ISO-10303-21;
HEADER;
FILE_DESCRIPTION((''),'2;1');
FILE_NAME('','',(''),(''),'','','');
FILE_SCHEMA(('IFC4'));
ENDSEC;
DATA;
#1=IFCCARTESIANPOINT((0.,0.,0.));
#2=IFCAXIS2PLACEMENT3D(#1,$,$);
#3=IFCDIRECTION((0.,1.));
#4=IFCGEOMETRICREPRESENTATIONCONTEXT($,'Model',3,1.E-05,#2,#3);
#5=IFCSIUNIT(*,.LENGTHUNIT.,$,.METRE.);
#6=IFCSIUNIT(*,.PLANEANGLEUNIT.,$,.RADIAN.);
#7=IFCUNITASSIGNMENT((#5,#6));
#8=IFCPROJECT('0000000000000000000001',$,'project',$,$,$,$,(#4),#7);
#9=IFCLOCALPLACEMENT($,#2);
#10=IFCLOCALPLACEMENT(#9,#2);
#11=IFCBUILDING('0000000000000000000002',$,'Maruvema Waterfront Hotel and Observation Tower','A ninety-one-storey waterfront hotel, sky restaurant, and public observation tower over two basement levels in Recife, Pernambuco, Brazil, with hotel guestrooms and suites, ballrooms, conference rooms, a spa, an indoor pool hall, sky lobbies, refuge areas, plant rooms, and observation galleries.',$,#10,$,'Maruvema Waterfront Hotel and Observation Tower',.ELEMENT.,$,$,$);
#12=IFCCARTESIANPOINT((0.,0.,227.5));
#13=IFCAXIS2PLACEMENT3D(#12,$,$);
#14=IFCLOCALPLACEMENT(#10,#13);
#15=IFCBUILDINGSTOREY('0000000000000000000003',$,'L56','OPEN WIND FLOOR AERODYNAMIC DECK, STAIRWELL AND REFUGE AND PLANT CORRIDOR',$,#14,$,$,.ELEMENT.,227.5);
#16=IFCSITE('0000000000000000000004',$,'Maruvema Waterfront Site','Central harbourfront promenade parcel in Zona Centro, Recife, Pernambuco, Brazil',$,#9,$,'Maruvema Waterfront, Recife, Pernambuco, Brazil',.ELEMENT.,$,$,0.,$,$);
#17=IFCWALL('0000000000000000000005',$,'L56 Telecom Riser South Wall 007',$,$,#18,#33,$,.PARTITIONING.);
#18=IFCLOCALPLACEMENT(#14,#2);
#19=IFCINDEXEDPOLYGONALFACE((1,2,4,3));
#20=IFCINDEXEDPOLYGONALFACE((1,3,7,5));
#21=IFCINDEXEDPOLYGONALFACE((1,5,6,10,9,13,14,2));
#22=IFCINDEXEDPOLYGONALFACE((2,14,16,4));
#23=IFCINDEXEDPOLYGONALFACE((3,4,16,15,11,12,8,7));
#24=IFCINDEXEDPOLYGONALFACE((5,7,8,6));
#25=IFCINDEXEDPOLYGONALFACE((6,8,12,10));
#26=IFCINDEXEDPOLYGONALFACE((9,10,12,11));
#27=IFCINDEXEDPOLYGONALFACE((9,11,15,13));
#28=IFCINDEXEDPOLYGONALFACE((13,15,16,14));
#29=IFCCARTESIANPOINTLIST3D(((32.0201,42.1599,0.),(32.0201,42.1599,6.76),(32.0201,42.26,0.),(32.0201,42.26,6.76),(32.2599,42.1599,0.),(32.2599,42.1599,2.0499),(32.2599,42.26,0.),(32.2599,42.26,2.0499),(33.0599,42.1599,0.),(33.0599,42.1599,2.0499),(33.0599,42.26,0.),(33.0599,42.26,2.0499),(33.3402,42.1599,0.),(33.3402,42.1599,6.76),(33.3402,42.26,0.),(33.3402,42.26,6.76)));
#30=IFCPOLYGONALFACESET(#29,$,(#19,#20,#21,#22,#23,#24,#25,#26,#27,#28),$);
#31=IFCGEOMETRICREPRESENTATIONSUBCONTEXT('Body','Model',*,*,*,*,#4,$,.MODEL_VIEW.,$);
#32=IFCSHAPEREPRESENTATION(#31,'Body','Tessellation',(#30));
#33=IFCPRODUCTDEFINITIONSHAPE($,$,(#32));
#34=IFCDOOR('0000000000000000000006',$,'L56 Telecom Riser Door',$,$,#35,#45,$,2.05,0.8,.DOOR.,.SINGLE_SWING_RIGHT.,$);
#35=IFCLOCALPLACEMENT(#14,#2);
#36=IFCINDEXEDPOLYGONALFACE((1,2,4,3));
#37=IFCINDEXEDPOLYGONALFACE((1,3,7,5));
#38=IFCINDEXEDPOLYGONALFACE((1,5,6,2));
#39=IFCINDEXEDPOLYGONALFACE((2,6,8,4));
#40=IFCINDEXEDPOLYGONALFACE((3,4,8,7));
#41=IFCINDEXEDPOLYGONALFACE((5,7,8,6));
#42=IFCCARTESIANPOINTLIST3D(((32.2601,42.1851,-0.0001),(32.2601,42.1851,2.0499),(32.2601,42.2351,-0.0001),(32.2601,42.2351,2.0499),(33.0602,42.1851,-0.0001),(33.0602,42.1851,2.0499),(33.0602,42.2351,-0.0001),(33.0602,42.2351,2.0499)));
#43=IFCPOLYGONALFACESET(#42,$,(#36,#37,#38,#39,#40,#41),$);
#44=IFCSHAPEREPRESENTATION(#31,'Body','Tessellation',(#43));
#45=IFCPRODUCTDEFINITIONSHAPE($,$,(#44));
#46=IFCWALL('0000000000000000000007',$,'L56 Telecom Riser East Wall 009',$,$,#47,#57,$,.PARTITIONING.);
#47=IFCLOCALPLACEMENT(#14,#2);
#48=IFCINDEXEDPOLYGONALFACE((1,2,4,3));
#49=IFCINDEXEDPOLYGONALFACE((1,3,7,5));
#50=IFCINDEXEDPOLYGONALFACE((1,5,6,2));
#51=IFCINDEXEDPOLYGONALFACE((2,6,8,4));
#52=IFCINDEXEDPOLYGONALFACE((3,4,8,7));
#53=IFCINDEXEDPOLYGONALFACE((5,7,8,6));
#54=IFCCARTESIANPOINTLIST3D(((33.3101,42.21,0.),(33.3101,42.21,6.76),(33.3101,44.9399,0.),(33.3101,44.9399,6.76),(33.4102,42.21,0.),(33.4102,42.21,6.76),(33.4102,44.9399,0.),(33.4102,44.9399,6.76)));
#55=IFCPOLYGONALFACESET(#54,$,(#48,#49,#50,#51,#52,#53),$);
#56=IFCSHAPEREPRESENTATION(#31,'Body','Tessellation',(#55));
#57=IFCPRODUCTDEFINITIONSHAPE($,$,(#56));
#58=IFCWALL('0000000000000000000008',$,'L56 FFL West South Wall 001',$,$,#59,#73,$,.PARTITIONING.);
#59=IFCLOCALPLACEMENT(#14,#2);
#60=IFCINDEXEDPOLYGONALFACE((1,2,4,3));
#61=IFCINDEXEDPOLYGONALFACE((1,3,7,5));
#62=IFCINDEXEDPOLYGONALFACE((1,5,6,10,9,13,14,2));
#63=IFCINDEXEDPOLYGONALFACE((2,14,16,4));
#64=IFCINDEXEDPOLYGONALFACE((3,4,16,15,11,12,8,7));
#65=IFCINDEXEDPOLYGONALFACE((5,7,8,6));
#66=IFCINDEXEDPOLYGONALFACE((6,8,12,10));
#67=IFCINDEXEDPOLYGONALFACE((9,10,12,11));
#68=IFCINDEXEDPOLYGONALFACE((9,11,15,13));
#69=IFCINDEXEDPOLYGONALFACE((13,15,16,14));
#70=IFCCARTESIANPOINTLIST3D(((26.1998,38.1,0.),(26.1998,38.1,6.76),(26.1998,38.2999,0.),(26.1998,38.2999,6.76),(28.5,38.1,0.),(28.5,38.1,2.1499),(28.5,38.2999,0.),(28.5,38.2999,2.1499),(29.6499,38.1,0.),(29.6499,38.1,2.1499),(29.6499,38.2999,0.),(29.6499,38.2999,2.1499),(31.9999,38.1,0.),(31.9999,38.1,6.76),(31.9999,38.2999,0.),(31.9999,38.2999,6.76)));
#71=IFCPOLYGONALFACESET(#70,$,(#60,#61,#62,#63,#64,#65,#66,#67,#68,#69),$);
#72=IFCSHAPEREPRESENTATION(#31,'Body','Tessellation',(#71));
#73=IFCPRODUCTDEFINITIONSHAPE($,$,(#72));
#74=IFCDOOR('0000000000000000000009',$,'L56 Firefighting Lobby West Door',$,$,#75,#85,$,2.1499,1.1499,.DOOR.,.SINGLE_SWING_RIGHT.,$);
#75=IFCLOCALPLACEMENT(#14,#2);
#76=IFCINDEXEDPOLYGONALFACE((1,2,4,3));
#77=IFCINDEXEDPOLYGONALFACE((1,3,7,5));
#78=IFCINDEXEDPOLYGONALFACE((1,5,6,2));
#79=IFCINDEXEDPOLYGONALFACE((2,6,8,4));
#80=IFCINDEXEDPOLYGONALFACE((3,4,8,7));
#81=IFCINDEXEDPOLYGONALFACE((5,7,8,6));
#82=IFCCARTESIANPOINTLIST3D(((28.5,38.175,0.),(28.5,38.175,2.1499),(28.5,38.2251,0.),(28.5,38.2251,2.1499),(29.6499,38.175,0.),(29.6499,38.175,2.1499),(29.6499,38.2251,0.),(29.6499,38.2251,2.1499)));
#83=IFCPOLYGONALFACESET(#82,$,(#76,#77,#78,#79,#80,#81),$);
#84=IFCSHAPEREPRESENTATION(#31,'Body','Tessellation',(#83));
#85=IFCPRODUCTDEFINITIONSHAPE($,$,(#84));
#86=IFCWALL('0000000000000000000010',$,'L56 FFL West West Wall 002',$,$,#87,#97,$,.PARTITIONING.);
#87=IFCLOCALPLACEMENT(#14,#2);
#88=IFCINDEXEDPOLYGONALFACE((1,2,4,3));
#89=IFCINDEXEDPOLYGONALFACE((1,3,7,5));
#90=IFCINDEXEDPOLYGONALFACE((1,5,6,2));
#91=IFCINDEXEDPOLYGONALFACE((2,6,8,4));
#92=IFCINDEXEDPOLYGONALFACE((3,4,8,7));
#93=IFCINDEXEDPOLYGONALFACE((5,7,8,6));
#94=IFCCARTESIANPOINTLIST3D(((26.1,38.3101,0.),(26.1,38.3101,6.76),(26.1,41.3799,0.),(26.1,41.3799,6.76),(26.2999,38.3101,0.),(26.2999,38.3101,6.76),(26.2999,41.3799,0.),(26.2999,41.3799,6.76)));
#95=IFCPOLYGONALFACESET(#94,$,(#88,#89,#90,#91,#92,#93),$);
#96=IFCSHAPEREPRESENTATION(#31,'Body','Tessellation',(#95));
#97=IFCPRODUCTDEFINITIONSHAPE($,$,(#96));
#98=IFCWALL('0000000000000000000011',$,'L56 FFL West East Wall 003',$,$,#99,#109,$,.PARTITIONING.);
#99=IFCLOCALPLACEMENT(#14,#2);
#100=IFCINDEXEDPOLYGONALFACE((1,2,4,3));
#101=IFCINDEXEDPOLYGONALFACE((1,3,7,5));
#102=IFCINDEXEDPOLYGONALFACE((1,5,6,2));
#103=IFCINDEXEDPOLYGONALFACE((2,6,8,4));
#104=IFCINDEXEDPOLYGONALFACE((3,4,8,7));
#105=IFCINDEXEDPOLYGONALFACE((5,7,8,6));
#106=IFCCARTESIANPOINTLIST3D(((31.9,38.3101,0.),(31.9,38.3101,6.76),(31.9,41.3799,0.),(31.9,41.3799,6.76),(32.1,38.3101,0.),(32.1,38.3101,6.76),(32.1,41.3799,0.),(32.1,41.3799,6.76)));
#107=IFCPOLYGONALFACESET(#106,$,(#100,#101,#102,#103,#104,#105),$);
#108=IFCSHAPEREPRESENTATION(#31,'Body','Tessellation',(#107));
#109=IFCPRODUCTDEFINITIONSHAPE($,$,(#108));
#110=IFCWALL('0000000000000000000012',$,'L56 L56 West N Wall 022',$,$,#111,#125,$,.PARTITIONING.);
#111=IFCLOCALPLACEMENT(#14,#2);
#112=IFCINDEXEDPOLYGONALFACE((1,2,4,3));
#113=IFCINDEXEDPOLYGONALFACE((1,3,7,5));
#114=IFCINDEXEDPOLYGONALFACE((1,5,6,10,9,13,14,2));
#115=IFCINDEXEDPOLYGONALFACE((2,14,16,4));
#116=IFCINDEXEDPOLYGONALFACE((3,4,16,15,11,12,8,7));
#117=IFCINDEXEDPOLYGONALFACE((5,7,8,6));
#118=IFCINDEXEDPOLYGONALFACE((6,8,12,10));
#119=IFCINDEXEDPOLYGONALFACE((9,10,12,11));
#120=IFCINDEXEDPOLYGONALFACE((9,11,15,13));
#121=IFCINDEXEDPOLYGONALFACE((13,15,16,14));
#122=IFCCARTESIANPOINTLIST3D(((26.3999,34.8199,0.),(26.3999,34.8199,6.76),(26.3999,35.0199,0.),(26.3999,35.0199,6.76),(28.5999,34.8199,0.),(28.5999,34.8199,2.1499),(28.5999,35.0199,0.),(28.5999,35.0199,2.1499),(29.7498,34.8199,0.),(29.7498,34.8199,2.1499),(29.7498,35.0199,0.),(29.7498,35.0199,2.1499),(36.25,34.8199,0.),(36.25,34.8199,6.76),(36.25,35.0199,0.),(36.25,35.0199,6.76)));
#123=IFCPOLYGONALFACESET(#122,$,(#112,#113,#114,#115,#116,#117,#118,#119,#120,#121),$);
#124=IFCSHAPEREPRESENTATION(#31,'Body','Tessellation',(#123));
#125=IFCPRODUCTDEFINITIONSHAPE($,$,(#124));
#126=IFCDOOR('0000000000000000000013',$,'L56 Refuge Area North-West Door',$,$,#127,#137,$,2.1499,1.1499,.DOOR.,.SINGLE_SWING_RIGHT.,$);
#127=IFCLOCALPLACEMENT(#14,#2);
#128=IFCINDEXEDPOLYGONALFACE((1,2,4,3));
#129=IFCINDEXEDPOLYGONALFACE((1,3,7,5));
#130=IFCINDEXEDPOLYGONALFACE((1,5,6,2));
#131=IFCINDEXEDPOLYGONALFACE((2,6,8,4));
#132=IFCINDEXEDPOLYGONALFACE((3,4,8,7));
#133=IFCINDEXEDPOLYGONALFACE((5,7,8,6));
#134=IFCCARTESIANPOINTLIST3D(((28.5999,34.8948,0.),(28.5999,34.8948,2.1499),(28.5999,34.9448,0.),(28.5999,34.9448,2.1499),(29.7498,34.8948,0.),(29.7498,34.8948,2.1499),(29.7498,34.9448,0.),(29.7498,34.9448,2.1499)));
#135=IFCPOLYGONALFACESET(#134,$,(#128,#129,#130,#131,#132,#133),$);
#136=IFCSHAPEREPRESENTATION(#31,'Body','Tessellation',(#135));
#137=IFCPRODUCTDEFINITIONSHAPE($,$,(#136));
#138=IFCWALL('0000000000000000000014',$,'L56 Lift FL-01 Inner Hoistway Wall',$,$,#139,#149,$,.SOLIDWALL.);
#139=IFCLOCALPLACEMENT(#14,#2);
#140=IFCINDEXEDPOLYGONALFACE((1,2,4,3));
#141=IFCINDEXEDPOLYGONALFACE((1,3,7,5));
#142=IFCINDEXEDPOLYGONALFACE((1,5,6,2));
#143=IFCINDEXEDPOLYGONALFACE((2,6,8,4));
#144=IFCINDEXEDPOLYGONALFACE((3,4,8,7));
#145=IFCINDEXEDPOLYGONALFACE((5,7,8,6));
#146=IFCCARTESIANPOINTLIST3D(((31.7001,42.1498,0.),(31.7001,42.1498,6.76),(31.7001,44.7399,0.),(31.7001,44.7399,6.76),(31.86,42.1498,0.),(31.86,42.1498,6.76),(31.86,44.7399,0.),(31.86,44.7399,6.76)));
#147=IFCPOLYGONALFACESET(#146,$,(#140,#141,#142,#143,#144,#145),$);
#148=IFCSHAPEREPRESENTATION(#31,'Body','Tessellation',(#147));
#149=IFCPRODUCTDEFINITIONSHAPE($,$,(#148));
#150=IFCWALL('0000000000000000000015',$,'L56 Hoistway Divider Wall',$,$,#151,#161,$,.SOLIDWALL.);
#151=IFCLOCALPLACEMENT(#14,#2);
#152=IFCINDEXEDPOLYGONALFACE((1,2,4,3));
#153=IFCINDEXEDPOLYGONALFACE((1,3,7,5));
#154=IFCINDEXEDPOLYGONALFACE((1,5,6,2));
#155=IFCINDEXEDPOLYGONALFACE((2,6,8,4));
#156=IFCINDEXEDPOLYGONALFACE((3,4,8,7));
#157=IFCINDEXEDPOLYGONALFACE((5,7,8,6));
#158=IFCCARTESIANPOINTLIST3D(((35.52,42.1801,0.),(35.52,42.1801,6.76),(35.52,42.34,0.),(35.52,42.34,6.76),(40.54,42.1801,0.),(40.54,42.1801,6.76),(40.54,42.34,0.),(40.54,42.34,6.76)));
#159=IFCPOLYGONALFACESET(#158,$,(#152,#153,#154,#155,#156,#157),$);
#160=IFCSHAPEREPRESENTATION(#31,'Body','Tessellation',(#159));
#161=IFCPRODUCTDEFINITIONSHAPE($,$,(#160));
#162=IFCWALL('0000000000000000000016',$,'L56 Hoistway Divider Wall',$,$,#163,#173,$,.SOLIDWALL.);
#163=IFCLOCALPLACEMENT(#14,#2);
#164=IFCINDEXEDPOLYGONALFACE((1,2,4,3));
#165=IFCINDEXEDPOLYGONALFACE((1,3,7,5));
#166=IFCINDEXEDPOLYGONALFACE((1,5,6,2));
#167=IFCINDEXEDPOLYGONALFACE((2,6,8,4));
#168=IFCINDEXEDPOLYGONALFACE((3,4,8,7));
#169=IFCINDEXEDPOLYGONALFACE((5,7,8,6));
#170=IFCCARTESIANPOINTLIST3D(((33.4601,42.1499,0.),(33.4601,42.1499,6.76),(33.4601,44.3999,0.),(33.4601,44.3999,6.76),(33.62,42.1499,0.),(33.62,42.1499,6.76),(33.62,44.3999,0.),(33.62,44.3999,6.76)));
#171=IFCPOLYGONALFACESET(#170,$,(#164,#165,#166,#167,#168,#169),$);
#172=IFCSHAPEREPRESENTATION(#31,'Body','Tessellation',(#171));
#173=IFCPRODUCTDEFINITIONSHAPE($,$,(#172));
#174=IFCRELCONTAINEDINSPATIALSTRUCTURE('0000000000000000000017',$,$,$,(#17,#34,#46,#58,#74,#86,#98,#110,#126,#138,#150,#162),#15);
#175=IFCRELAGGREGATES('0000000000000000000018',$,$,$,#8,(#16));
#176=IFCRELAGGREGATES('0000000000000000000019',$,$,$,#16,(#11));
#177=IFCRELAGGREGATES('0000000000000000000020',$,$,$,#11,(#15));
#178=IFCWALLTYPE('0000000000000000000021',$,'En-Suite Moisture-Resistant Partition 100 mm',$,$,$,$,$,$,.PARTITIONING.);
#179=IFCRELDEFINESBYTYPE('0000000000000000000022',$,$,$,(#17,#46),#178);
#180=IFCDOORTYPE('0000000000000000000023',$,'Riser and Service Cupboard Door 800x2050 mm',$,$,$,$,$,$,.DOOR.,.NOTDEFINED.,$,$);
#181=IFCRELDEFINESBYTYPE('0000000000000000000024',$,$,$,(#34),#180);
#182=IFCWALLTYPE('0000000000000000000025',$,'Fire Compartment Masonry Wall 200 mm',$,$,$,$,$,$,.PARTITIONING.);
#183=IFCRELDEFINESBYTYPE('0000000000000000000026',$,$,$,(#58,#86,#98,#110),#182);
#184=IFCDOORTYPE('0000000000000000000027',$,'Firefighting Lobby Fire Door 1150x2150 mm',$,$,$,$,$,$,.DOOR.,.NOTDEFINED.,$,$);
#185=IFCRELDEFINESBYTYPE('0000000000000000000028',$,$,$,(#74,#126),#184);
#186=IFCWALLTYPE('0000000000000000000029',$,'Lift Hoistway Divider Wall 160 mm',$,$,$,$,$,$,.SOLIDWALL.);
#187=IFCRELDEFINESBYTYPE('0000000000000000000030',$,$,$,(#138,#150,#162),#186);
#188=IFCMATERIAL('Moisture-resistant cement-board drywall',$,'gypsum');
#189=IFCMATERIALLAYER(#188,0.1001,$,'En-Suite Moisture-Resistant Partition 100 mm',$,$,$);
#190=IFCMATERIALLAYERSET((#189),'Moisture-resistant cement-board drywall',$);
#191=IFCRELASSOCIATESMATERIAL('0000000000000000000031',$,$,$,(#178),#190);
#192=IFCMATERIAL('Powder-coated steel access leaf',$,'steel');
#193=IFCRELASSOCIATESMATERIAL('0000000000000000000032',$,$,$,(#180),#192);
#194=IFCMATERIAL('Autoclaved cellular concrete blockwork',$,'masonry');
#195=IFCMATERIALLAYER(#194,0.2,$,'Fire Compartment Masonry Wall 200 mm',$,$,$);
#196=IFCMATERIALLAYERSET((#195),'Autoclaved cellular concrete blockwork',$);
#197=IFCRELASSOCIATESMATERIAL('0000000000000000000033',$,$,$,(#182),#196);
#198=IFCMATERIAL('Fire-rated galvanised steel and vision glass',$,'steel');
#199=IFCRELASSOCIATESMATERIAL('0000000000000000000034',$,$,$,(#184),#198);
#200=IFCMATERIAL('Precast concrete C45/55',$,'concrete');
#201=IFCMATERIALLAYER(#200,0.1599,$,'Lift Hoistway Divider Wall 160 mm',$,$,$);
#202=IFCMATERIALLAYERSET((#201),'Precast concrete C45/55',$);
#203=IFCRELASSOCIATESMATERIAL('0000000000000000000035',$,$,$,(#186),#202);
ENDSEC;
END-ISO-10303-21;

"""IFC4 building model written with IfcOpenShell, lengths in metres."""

from ifc_helpers import new_model, si_unit, direction, frame, frame_2d, origin, place, context, subcontext, project, spatial, rectangle, extrude, material, layer, layer_set, type_object, element, fill, save


model = new_model("IFC4")

# Units and contexts
model_context = context("Model", 3, precision=1e-05, world=origin(), true_north=direction((0.0, 1.0)))
body_context = subcontext(model_context, "Body", "Model", "MODEL_VIEW")
ifc_project = project(units=[si_unit("LENGTHUNIT", "METRE"), si_unit("PLANEANGLEUNIT", "RADIAN")], contexts=[model_context])

# Site, building, storey
site_placement = place(None, origin())
site = spatial("IfcSite", under=ifc_project, at=site_placement, Name="Maruvema Waterfront Site", Description="Central harbourfront promenade parcel in Zona Centro, Recife, Pernambuco, Brazil", LongName="Maruvema Waterfront, Recife, Pernambuco, Brazil", CompositionType="ELEMENT", RefElevation=0.0)
building_placement = place(site_placement, origin())
building = spatial("IfcBuilding", under=site, at=building_placement, Name="Maruvema Waterfront Hotel and Observation Tower", Description="A ninety-one-storey waterfront hotel, sky restaurant, and public observation tower over two basement levels in Recife, Pernambuco, Brazil, with hotel guestrooms and suites, ballrooms, conference rooms, a spa, an indoor pool hall, sky lobbies, refuge areas, plant rooms, and observation galleries.", LongName="Maruvema Waterfront Hotel and Observation Tower", CompositionType="ELEMENT")
storey_placement = place(building_placement, frame((0.0, 0.0, 227.5)))
storey = spatial("IfcBuildingStorey", under=building, at=storey_placement, Name="L56", Description="OPEN WIND FLOOR AERODYNAMIC DECK, STAIRWELL AND REFUGE AND PLANT CORRIDOR", CompositionType="ELEMENT", Elevation=227.5)

# Wall, opening, door
ifc_material_1 = material(Name="Moisture-resistant cement-board drywall", Category="gypsum")
ifc_layer_1 = layer(ifc_material_1, 0.1001, Name="En-Suite Moisture-Resistant Partition 100 mm")
ifc_layer_set_1 = layer_set([ifc_layer_1], Name="Moisture-resistant cement-board drywall")
wall_type_1 = type_object("IfcWallType", Name="En-Suite Moisture-Resistant Partition 100 mm", PredefinedType="PARTITIONING", material=ifc_layer_set_1)
wall_1_placement = place(storey_placement, frame((32.02, 42.21, 0.0), z_axis=(0.0, 0.0, 1.0), x_axis=(1.0, 0.0, 0.0)))
wall_1 = element("IfcWall", 1, at=wall_1_placement, inside=storey, type_object=wall_type_1, Name="L56 Telecom Riser South Wall 007", PredefinedType="PARTITIONING", context=body_context, shape_type="SweptSolid", body=[
    extrude(rectangle(XDim=1.3201, YDim=0.1001, at=frame_2d((0.6602, 0.0))), origin(), (0.0, 0.0, 1.0), 6.76),
])
opening_1_placement = place(wall_1_placement, frame((0.24, 0.0, 0.0)))
opening_1 = element("IfcOpeningElement", 2, at=opening_1_placement, cuts=wall_1, PredefinedType="OPENING", context=body_context, shape_type="SweptSolid", body=[
    extrude(rectangle(XDim=0.8, YDim=2.05, at=frame_2d((0.3999, 1.0249))), frame((0.0, 0.0601, 0.0), z_axis=(0.0, -1.0, 0.0), x_axis=(1.0, 0.0, 0.0)), (0.0, 0.0, 1.0), 0.1201),
])
ifc_material_2 = material(Name="Powder-coated steel access leaf", Category="steel")
door_type_1 = type_object("IfcDoorType", Name="Riser and Service Cupboard Door 800x2050 mm", OperationType="NOTDEFINED", PredefinedType="DOOR", material=ifc_material_2)
door_1_placement = place(opening_1_placement, frame((0.8, 0.0, 0.0), z_axis=(0.0, 0.0, 1.0), x_axis=(-1.0, 0.0, 0.0)))
door_1 = element("IfcDoor", 3, at=door_1_placement, inside=storey, type_object=door_type_1, Name="L56 Telecom Riser Door", OperationType="SINGLE_SWING_RIGHT", OverallHeight=2.05, OverallWidth=0.8, PredefinedType="DOOR", context=body_context, shape_type="SweptSolid", body=[
    extrude(rectangle(XDim=0.8, YDim=2.05, at=frame_2d((0.3999, 1.0249))), frame((0.0, 0.0249, 0.0), z_axis=(0.0, -1.0, 0.0), x_axis=(1.0, 0.0, 0.0)), (0.0, 0.0, 1.0), 0.05),
])
fill(opening_1, door_1)

# Wall
wall_2_placement = place(storey_placement, frame((33.3601, 42.21, 0.0), z_axis=(0.0, 0.0, 1.0), x_axis=(0.0, 1.0, 0.0)))
element("IfcWall", 4, at=wall_2_placement, inside=storey, type_object=wall_type_1, Name="L56 Telecom Riser East Wall 009", PredefinedType="PARTITIONING", context=body_context, shape_type="SweptSolid", body=[
    extrude(rectangle(XDim=2.73, YDim=0.1001, at=frame_2d((1.365, 0.0))), origin(), (0.0, 0.0, 1.0), 6.76),
])

# Wall, opening, door
ifc_material_3 = material(Name="Autoclaved cellular concrete blockwork", Category="masonry")
ifc_layer_2 = layer(ifc_material_3, 0.2, Name="Fire Compartment Masonry Wall 200 mm")
ifc_layer_set_2 = layer_set([ifc_layer_2], Name="Autoclaved cellular concrete blockwork")
wall_type_2 = type_object("IfcWallType", Name="Fire Compartment Masonry Wall 200 mm", PredefinedType="PARTITIONING", material=ifc_layer_set_2)
wall_3_placement = place(storey_placement, frame((26.2, 38.2, 0.0), z_axis=(0.0, 0.0, 1.0), x_axis=(1.0, 0.0, 0.0)))
wall_3 = element("IfcWall", 5, at=wall_3_placement, inside=storey, type_object=wall_type_2, Name="L56 FFL West South Wall 001", PredefinedType="PARTITIONING", context=body_context, shape_type="SweptSolid", body=[
    extrude(rectangle(XDim=5.8, YDim=0.2, at=frame_2d((2.8999, 0.0))), origin(), (0.0, 0.0, 1.0), 6.76),
])
opening_2_placement = place(wall_3_placement, frame((2.3, 0.0, 0.0)))
opening_2 = element("IfcOpeningElement", 6, at=opening_2_placement, cuts=wall_3, PredefinedType="OPENING", context=body_context, shape_type="SweptSolid", body=[
    extrude(rectangle(XDim=1.1499, YDim=2.1499, at=frame_2d((0.575, 1.075))), frame((0.0, 0.1099, 0.0), z_axis=(0.0, -1.0, 0.0), x_axis=(1.0, 0.0, 0.0)), (0.0, 0.0, 1.0), 0.22),
])
ifc_material_4 = material(Name="Fire-rated galvanised steel and vision glass", Category="steel")
door_type_2 = type_object("IfcDoorType", Name="Firefighting Lobby Fire Door 1150x2150 mm", OperationType="NOTDEFINED", PredefinedType="DOOR", material=ifc_material_4)
door_2_placement = place(opening_2_placement, frame((1.1499, 0.0, 0.0), z_axis=(0.0, 0.0, 1.0), x_axis=(-1.0, 0.0, 0.0)))
door_2 = element("IfcDoor", 7, at=door_2_placement, inside=storey, type_object=door_type_2, Name="L56 Firefighting Lobby West Door", OperationType="SINGLE_SWING_RIGHT", OverallHeight=2.1499, OverallWidth=1.1499, PredefinedType="DOOR", context=body_context, shape_type="SweptSolid", body=[
    extrude(rectangle(XDim=1.1499, YDim=2.1499, at=frame_2d((0.575, 1.075))), frame((0.0, 0.0249, 0.0), z_axis=(0.0, -1.0, 0.0), x_axis=(1.0, 0.0, 0.0)), (0.0, 0.0, 1.0), 0.05),
])
fill(opening_2, door_2)

# Walls
for number, where, z_axis, x_axis, name in (
    (8, (26.2, 38.3101, 0.0), (0.0, 0.0, 1.0), (0.0, 1.0, 0.0), "L56 FFL West West Wall 002"),
    (9, (32.0, 38.3101, 0.0), (0.0, 0.0, 1.0), (0.0, 1.0, 0.0), "L56 FFL West East Wall 003"),
):
    element("IfcWall", number, at=place(storey_placement, frame(where, z_axis=z_axis, x_axis=x_axis)), inside=storey, type_object=wall_type_2, Name=name, PredefinedType="PARTITIONING", context=body_context, shape_type="SweptSolid", body=[
        extrude(rectangle(XDim=3.0698, YDim=0.2, at=frame_2d((1.5349, 0.0))), origin(), (0.0, 0.0, 1.0), 6.76),
    ])

# Wall, opening, door
wall_4_placement = place(storey_placement, frame((26.3999, 34.9199, 0.0), z_axis=(0.0, 0.0, 1.0), x_axis=(1.0, 0.0, 0.0)))
wall_4 = element("IfcWall", 10, at=wall_4_placement, inside=storey, type_object=wall_type_2, Name="L56 L56 West N Wall 022", PredefinedType="PARTITIONING", context=body_context, shape_type="SweptSolid", body=[
    extrude(rectangle(XDim=9.8501, YDim=0.2, at=frame_2d((4.925, 0.0))), origin(), (0.0, 0.0, 1.0), 6.76),
])
opening_3_placement = place(wall_4_placement, frame((2.2, 0.0, 0.0)))
opening_3 = element("IfcOpeningElement", 11, at=opening_3_placement, cuts=wall_4, PredefinedType="OPENING", context=body_context, shape_type="SweptSolid", body=[
    extrude(rectangle(XDim=1.1499, YDim=2.1499, at=frame_2d((0.575, 1.075))), frame((0.0, 0.1099, 0.0), z_axis=(0.0, -1.0, 0.0), x_axis=(1.0, 0.0, 0.0)), (0.0, 0.0, 1.0), 0.22),
])
door_3_placement = place(opening_3_placement, origin())
door_3 = element("IfcDoor", 12, at=door_3_placement, inside=storey, type_object=door_type_2, Name="L56 Refuge Area North-West Door", OperationType="SINGLE_SWING_RIGHT", OverallHeight=2.1499, OverallWidth=1.1499, PredefinedType="DOOR", context=body_context, shape_type="SweptSolid", body=[
    extrude(rectangle(XDim=1.1499, YDim=2.1499, at=frame_2d((0.575, 1.075))), frame((0.0, 0.0249, 0.0), z_axis=(0.0, -1.0, 0.0), x_axis=(1.0, 0.0, 0.0)), (0.0, 0.0, 1.0), 0.05),
])
fill(opening_3, door_3)

# Walls
ifc_material_5 = material(Name="Precast concrete C45/55", Category="concrete")
ifc_layer_3 = layer(ifc_material_5, 0.1599, Name="Lift Hoistway Divider Wall 160 mm")
ifc_layer_set_3 = layer_set([ifc_layer_3], Name="Precast concrete C45/55")
wall_type_3 = type_object("IfcWallType", Name="Lift Hoistway Divider Wall 160 mm", PredefinedType="SOLIDWALL", material=ifc_layer_set_3)
wall_5_placement = place(storey_placement, frame((31.78, 42.1499, 0.0), z_axis=(0.0, 0.0, 1.0), x_axis=(0.0, 1.0, 0.0)))
element("IfcWall", 13, at=wall_5_placement, inside=storey, type_object=wall_type_3, Name="L56 Lift FL-01 Inner Hoistway Wall", PredefinedType="SOLIDWALL", context=body_context, shape_type="SweptSolid", body=[
    extrude(rectangle(XDim=2.5901, YDim=0.1599, at=frame_2d((1.2949, 0.0))), origin(), (0.0, 0.0, 1.0), 6.76),
])
wall_6_placement = place(storey_placement, frame((35.52, 42.26, 0.0), z_axis=(0.0, 0.0, 1.0), x_axis=(1.0, 0.0, 0.0)))
element("IfcWall", 14, at=wall_6_placement, inside=storey, type_object=wall_type_3, Name="L56 Hoistway Divider Wall", PredefinedType="SOLIDWALL", context=body_context, shape_type="SweptSolid", body=[
    extrude(rectangle(XDim=5.02, YDim=0.1599, at=frame_2d((2.51, 0.0))), origin(), (0.0, 0.0, 1.0), 6.76),
])
for number, where, z_axis, x_axis, name in (
    (15, (33.54, 42.1499, 0.0), (0.0, 0.0, 1.0), (0.0, 1.0, 0.0), "L56 Hoistway Divider Wall"),
):
    element("IfcWall", number, at=place(storey_placement, frame(where, z_axis=z_axis, x_axis=x_axis)), inside=storey, type_object=wall_type_3, Name=name, PredefinedType="SOLIDWALL", context=body_context, shape_type="SweptSolid", body=[
        extrude(rectangle(XDim=2.25, YDim=0.1599, at=frame_2d((1.125, 0.0))), origin(), (0.0, 0.0, 1.0), 6.76),
    ])

save(model, "model.ifc")
